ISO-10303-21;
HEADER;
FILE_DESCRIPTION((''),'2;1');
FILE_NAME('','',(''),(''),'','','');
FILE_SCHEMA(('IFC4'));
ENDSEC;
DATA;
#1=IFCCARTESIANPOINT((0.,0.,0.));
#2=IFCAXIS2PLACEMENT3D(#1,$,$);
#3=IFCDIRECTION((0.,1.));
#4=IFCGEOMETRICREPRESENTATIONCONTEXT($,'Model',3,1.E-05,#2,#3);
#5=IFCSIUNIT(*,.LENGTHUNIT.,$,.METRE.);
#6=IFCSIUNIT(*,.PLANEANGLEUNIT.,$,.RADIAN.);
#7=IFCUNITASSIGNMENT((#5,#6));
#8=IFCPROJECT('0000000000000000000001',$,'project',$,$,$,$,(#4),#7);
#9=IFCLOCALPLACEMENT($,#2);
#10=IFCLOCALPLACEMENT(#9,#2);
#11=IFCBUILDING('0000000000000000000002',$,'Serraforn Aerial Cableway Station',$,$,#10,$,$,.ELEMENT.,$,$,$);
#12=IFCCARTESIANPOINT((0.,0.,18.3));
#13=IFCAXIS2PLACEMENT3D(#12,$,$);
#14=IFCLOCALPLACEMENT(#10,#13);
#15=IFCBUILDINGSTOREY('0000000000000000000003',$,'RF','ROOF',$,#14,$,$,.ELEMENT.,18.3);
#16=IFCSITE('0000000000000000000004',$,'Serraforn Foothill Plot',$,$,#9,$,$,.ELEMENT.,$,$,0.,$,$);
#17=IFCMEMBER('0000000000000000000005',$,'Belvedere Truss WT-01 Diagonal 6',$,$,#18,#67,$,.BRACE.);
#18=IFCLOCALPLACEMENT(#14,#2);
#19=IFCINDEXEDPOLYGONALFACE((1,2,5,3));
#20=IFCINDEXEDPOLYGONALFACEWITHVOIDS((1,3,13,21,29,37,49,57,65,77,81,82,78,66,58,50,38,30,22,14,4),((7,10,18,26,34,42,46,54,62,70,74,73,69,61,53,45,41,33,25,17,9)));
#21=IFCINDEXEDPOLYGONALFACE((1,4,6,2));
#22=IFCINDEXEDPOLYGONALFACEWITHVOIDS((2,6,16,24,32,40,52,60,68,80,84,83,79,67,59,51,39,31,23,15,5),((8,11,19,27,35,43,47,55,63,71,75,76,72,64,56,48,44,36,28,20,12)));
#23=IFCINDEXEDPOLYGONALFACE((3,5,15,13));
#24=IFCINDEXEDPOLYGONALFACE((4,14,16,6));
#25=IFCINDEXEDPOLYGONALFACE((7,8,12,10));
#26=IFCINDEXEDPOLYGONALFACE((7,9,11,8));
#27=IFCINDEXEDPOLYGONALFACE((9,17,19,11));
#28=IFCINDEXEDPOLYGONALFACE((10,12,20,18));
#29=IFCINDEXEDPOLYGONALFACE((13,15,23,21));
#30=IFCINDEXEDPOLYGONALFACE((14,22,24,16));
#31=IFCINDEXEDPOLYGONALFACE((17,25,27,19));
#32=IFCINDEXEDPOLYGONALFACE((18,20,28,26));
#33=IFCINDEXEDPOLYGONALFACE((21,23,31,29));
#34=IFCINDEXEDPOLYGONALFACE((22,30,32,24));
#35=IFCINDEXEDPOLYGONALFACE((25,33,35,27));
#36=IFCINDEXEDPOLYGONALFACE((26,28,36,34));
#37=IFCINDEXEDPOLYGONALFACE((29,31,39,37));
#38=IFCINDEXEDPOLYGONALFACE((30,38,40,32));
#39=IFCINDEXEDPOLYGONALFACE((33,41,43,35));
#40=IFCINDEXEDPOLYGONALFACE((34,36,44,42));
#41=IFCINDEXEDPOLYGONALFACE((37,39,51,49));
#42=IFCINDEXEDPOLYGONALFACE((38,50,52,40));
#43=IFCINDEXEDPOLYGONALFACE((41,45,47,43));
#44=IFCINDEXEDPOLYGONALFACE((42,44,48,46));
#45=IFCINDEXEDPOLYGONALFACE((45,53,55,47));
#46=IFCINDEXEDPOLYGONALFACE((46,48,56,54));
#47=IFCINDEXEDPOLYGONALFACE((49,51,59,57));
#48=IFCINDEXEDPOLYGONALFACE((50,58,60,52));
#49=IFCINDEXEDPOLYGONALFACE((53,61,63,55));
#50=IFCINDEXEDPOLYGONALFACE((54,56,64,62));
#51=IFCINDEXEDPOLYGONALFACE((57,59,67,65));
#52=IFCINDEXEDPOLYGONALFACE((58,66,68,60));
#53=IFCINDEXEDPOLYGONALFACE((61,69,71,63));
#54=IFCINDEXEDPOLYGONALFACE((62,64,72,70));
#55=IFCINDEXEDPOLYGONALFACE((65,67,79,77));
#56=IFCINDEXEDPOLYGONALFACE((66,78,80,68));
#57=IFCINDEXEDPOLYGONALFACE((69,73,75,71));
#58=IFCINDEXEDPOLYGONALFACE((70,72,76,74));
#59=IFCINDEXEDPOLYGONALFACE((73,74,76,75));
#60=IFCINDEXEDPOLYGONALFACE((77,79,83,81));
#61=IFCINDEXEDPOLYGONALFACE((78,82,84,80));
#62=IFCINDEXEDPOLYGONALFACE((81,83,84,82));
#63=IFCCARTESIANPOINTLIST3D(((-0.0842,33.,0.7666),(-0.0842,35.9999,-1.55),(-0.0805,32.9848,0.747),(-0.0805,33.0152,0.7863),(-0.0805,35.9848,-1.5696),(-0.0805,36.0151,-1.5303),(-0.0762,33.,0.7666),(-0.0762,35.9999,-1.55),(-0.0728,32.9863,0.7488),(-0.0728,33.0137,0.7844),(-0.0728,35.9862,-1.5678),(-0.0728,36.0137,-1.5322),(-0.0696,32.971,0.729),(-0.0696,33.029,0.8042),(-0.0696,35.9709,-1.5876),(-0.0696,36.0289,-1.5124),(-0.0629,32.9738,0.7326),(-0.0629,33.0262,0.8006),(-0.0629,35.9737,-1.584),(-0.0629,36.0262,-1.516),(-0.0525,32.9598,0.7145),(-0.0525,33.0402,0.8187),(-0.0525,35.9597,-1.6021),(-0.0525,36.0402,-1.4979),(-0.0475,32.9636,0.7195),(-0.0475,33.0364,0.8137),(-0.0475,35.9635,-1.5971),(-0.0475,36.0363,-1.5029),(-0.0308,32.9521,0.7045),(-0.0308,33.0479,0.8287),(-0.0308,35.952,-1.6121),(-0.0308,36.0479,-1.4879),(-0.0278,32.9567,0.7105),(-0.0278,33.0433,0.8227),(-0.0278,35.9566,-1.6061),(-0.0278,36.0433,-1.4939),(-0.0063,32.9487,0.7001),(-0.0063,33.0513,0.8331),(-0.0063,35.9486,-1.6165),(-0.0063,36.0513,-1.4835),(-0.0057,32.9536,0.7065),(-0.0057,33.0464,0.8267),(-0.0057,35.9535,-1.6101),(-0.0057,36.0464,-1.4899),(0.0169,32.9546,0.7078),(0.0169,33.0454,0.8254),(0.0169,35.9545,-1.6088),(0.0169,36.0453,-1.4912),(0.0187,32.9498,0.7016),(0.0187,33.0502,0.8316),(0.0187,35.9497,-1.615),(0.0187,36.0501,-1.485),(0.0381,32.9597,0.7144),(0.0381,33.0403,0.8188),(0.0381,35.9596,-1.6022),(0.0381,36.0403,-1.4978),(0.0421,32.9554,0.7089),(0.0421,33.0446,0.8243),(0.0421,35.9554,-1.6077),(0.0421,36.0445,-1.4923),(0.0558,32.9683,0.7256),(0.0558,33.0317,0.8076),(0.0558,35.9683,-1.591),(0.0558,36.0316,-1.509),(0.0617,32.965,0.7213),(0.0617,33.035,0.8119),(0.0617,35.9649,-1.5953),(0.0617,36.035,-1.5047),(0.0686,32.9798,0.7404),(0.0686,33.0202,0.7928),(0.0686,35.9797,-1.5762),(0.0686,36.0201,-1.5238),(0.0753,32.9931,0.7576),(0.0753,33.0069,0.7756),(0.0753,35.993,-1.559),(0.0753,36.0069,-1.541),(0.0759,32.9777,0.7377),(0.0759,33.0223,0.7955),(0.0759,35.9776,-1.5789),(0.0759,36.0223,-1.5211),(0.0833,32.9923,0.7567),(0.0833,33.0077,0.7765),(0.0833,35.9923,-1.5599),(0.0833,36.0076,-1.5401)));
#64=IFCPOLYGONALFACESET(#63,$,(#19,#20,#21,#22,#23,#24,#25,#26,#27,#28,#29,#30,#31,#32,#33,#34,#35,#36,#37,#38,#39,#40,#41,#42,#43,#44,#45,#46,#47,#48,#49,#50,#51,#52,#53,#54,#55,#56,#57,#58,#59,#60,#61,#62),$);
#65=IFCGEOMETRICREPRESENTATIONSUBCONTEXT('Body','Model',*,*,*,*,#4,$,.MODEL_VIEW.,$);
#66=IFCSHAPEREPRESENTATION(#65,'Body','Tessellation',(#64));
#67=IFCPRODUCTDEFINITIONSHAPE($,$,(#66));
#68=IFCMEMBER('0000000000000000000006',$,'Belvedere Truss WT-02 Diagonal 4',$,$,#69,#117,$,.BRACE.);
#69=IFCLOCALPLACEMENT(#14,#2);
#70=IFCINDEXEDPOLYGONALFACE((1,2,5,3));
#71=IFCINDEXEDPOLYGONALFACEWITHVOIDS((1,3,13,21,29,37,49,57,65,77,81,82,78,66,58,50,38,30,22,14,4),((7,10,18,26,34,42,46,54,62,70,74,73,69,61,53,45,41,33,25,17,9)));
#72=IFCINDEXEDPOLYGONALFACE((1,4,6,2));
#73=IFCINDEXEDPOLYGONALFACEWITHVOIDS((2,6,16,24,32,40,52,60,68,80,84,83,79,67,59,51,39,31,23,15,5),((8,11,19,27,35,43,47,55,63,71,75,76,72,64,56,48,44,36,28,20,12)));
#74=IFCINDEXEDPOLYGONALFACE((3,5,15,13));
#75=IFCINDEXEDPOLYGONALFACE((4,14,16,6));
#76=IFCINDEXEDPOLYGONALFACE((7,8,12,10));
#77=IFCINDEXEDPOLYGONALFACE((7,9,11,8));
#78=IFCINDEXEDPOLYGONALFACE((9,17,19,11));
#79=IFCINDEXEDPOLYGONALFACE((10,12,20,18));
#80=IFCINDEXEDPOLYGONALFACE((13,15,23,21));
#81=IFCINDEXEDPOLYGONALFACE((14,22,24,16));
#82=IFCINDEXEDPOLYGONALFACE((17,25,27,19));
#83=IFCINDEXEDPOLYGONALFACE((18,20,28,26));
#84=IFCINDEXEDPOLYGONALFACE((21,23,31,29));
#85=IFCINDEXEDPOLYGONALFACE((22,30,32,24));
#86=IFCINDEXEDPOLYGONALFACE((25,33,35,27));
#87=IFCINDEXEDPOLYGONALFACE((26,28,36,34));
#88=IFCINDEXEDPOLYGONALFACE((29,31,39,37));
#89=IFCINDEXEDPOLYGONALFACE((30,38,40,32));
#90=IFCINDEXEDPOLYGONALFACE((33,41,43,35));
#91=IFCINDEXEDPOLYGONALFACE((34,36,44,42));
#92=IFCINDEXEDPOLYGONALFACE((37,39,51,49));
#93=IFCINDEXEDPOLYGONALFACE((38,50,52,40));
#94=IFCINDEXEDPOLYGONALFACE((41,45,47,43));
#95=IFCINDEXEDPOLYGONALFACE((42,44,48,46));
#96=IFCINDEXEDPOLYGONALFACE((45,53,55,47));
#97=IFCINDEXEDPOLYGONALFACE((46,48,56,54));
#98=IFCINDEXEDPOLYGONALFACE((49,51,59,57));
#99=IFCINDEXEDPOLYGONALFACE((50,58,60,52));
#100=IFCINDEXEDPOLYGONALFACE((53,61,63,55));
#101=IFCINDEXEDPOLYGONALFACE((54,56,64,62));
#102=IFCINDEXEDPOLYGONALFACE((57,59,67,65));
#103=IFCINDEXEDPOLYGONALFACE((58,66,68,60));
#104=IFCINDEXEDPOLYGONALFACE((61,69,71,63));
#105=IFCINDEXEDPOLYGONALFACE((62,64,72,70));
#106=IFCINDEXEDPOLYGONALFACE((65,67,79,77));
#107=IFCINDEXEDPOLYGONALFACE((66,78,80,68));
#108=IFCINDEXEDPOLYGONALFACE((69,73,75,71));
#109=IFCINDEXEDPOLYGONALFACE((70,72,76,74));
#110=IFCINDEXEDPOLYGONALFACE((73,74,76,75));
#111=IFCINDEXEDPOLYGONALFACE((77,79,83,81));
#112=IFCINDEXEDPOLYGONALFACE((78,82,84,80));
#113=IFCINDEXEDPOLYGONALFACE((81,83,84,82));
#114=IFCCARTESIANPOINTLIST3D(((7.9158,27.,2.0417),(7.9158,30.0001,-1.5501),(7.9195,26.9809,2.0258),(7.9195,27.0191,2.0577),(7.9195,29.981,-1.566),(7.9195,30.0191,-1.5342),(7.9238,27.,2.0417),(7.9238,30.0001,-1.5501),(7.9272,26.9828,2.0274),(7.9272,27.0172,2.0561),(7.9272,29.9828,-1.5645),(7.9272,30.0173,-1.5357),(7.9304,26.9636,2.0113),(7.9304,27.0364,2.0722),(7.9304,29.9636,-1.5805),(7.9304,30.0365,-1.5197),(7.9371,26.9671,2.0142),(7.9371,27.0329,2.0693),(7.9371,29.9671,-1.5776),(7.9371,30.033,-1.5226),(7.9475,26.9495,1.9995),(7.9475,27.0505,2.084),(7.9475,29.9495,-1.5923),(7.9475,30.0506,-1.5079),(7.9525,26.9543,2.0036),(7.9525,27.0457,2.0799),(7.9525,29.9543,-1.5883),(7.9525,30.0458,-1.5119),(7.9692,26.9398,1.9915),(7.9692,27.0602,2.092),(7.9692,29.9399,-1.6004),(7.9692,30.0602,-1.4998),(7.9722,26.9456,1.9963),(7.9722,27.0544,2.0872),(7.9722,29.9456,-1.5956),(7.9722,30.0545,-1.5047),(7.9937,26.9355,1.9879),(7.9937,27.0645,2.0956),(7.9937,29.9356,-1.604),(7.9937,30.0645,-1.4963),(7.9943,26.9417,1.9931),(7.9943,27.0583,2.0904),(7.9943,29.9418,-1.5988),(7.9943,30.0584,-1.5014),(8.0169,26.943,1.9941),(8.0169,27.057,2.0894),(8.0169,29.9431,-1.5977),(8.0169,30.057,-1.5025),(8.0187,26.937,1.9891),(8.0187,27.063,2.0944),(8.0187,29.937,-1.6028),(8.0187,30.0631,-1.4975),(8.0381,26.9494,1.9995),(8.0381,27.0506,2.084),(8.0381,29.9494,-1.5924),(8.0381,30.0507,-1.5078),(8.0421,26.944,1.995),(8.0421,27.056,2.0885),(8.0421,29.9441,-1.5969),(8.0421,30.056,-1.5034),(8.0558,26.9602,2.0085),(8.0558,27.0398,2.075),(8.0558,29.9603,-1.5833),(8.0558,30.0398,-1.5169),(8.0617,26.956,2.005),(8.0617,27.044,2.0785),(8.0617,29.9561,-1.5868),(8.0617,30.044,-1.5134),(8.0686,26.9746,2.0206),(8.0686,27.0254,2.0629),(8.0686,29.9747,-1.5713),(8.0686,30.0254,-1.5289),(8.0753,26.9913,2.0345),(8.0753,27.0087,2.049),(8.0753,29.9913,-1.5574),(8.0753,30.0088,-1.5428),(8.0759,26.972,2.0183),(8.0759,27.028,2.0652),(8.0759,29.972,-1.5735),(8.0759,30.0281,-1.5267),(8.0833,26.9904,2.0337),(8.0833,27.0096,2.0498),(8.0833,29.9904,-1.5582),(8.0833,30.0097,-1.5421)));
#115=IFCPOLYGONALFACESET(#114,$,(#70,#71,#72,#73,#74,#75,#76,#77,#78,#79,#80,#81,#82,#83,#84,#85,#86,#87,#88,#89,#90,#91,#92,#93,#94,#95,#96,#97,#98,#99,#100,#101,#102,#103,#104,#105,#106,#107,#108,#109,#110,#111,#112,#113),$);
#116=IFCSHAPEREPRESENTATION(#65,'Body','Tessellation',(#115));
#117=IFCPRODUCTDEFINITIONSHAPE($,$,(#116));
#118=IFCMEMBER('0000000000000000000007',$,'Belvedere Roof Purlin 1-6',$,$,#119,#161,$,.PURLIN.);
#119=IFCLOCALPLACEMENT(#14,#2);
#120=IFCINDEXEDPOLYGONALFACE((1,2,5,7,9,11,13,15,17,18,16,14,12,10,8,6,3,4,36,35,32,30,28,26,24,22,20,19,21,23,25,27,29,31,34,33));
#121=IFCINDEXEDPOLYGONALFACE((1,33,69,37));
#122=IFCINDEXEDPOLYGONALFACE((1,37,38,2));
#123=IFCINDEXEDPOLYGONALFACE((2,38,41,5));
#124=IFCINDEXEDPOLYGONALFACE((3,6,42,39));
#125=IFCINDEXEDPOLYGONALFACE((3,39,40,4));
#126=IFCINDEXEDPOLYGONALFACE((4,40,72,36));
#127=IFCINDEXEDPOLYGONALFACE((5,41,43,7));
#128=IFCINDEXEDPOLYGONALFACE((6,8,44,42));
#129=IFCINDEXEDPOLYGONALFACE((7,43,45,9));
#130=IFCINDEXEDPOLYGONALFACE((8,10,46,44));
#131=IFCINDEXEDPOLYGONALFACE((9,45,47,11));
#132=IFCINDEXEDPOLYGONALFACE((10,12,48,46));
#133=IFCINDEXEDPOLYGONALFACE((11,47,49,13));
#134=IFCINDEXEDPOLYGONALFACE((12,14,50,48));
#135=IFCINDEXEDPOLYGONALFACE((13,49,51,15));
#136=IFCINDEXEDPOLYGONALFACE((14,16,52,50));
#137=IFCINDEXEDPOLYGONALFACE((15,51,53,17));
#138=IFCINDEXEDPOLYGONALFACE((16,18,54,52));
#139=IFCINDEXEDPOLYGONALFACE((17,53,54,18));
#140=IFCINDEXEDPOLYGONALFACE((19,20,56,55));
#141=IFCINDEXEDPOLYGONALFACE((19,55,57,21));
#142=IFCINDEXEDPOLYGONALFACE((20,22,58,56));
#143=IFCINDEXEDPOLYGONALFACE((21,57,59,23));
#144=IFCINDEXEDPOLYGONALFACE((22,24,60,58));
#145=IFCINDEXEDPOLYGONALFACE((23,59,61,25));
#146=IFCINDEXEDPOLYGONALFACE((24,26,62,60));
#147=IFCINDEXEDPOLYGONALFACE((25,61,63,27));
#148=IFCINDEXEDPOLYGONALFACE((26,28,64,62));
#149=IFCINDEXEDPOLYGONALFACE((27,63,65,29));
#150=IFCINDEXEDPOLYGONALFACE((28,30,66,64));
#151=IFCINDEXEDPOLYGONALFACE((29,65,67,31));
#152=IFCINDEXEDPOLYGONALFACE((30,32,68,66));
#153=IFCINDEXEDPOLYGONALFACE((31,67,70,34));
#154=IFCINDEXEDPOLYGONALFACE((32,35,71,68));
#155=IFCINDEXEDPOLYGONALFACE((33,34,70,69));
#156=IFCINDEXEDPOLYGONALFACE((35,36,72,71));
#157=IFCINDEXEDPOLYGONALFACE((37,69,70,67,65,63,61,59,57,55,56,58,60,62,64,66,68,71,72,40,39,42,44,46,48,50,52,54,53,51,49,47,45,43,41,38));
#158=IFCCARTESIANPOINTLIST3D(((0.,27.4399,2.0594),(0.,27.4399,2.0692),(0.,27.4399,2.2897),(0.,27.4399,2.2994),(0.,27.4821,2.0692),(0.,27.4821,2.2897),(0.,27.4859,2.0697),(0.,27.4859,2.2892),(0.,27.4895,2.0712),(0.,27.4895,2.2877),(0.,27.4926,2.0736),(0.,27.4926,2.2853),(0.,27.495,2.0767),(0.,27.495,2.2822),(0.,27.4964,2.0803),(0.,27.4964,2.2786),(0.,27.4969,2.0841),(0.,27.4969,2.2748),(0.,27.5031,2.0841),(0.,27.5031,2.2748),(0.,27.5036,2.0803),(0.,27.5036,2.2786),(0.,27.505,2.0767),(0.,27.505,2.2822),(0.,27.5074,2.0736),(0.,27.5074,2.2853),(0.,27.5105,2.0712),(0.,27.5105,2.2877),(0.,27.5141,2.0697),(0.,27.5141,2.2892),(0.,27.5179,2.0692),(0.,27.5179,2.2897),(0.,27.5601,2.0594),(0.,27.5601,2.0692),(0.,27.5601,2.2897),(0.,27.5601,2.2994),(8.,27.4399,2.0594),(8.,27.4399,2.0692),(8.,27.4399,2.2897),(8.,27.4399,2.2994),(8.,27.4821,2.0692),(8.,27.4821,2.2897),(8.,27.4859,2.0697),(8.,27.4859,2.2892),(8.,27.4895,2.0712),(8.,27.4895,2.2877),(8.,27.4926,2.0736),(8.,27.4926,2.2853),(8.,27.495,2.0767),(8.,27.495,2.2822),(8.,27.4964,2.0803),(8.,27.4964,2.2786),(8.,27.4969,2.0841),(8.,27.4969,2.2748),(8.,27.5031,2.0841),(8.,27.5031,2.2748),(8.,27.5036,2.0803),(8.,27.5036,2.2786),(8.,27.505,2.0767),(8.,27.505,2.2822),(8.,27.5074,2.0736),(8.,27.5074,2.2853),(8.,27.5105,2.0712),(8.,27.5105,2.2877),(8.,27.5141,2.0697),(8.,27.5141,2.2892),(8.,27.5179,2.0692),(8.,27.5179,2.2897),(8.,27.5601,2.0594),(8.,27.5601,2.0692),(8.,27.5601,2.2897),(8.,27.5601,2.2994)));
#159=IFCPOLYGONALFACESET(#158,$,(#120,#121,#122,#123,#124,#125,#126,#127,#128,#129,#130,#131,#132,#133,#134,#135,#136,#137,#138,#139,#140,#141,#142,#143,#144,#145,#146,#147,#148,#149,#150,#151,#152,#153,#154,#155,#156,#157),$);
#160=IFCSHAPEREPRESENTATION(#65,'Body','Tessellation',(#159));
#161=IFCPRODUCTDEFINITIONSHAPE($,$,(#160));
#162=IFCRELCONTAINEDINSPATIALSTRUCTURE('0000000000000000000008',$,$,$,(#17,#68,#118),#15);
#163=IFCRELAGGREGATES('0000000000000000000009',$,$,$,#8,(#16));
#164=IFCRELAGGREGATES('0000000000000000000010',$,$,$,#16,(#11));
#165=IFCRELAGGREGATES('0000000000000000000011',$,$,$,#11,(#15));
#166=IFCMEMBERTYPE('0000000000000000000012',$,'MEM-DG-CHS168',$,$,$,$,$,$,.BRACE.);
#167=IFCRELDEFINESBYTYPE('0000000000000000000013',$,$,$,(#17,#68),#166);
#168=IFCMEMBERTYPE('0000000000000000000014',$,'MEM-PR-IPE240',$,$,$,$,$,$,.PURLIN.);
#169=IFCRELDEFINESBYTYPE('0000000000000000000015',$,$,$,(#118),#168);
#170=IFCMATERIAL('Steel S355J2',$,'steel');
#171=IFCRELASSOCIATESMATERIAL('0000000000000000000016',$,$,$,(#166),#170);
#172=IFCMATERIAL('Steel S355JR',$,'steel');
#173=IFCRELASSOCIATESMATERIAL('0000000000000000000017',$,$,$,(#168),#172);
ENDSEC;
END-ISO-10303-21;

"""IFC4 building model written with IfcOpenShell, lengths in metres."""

from ifc_helpers import new_model, si_unit, direction, frame, origin, origin_2d, place, context, subcontext, project, spatial, hollow_circle, i_section, extrude, material, material_profile, profile_set, type_object, element, save


model = new_model("IFC4")

# Units and contexts
model_context = context("Model", 3, precision=1e-05, world=origin(), true_north=direction((0.0, 1.0)))
body_context = subcontext(model_context, "Body", "Model", "MODEL_VIEW")
ifc_project = project(units=[si_unit("LENGTHUNIT", "METRE"), si_unit("PLANEANGLEUNIT", "RADIAN")], contexts=[model_context])

# Site, building, storey
site_placement = place(None, origin())
site = spatial("IfcSite", under=ifc_project, at=site_placement, Name="Serraforn Foothill Plot", CompositionType="ELEMENT", RefElevation=0.0)
building_placement = place(site_placement, origin())
building = spatial("IfcBuilding", under=site, at=building_placement, Name="Serraforn Aerial Cableway Station", CompositionType="ELEMENT")
storey_placement = place(building_placement, frame((0.0, 0.0, 18.3)))
storey = spatial("IfcBuildingStorey", under=building, at=storey_placement, Name="RF", Description="ROOF", CompositionType="ELEMENT", Elevation=18.3)

# Shared definitions
ifc_material_1 = material(Name="Steel S355JR", Category="steel")

# Members
ifc_material_2 = material(Name="Steel S355J2", Category="steel")
ifc_material_profile_1 = material_profile(ifc_material_2, hollow_circle(Radius=0.0842, WallThickness=0.0081, at=origin_2d()), Name="CHS 168.3x8.0")
ifc_profile_set_1 = profile_set([ifc_material_profile_1], Name="Steel S355J2")
member_type_1 = type_object("IfcMemberType", Name="MEM-DG-CHS168", PredefinedType="BRACE", material=ifc_profile_set_1)
member_1_placement = place(storey_placement, frame((0.0, 33.0, 0.7666), z_axis=(0.0, 0.79148, -0.611194), x_axis=(-1.0, 0.0, 0.0)))
element("IfcMember", 1, at=member_1_placement, inside=storey, type_object=member_type_1, Name="Belvedere Truss WT-01 Diagonal 6", PredefinedType="BRACE", context=body_context, shape_type="SweptSolid", body=[
    extrude(hollow_circle(Radius=0.0842, WallThickness=0.0081, at=origin_2d()), origin(), (0.0, 0.0, 1.0), 3.7903),
])
member_2_placement = place(storey_placement, frame((8.0, 27.0, 2.0417), z_axis=(0.0, 0.641046, -0.767502), x_axis=(-1.0, 0.0, 0.0)))
element("IfcMember", 2, at=member_2_placement, inside=storey, type_object=member_type_1, Name="Belvedere Truss WT-02 Diagonal 4", PredefinedType="BRACE", context=body_context, shape_type="SweptSolid", body=[
    extrude(hollow_circle(Radius=0.0842, WallThickness=0.0081, at=origin_2d()), origin(), (0.0, 0.0, 1.0), 4.6799),
])
ifc_material_profile_2 = material_profile(ifc_material_1, i_section(OverallWidth=0.1201, OverallDepth=0.24, WebThickness=0.0061, FlangeThickness=0.0098, FilletRadius=0.0149, at=origin_2d()), Name="IPE 240")
ifc_profile_set_2 = profile_set([ifc_material_profile_2], Name="Steel S355JR")
member_type_2 = type_object("IfcMemberType", Name="MEM-PR-IPE240", PredefinedType="PURLIN", material=ifc_profile_set_2)
for number, where, z_axis, x_axis, name in (
    (3, (0.0, 27.5, 2.1794), (1.0, 0.0, 0.0), (0.0, 1.0, 0.0), "Belvedere Roof Purlin 1-6"),
):
    element("IfcMember", number, at=place(storey_placement, frame(where, z_axis=z_axis, x_axis=x_axis)), inside=storey, type_object=member_type_2, Name=name, PredefinedType="PURLIN", context=body_context, shape_type="SweptSolid", body=[
        extrude(i_section(OverallWidth=0.1201, OverallDepth=0.24, WebThickness=0.0061, FlangeThickness=0.0098, FilletRadius=0.0149, at=origin_2d()), origin(), (0.0, 0.0, 1.0), 8.0),
    ])

save(model, "model.ifc")
